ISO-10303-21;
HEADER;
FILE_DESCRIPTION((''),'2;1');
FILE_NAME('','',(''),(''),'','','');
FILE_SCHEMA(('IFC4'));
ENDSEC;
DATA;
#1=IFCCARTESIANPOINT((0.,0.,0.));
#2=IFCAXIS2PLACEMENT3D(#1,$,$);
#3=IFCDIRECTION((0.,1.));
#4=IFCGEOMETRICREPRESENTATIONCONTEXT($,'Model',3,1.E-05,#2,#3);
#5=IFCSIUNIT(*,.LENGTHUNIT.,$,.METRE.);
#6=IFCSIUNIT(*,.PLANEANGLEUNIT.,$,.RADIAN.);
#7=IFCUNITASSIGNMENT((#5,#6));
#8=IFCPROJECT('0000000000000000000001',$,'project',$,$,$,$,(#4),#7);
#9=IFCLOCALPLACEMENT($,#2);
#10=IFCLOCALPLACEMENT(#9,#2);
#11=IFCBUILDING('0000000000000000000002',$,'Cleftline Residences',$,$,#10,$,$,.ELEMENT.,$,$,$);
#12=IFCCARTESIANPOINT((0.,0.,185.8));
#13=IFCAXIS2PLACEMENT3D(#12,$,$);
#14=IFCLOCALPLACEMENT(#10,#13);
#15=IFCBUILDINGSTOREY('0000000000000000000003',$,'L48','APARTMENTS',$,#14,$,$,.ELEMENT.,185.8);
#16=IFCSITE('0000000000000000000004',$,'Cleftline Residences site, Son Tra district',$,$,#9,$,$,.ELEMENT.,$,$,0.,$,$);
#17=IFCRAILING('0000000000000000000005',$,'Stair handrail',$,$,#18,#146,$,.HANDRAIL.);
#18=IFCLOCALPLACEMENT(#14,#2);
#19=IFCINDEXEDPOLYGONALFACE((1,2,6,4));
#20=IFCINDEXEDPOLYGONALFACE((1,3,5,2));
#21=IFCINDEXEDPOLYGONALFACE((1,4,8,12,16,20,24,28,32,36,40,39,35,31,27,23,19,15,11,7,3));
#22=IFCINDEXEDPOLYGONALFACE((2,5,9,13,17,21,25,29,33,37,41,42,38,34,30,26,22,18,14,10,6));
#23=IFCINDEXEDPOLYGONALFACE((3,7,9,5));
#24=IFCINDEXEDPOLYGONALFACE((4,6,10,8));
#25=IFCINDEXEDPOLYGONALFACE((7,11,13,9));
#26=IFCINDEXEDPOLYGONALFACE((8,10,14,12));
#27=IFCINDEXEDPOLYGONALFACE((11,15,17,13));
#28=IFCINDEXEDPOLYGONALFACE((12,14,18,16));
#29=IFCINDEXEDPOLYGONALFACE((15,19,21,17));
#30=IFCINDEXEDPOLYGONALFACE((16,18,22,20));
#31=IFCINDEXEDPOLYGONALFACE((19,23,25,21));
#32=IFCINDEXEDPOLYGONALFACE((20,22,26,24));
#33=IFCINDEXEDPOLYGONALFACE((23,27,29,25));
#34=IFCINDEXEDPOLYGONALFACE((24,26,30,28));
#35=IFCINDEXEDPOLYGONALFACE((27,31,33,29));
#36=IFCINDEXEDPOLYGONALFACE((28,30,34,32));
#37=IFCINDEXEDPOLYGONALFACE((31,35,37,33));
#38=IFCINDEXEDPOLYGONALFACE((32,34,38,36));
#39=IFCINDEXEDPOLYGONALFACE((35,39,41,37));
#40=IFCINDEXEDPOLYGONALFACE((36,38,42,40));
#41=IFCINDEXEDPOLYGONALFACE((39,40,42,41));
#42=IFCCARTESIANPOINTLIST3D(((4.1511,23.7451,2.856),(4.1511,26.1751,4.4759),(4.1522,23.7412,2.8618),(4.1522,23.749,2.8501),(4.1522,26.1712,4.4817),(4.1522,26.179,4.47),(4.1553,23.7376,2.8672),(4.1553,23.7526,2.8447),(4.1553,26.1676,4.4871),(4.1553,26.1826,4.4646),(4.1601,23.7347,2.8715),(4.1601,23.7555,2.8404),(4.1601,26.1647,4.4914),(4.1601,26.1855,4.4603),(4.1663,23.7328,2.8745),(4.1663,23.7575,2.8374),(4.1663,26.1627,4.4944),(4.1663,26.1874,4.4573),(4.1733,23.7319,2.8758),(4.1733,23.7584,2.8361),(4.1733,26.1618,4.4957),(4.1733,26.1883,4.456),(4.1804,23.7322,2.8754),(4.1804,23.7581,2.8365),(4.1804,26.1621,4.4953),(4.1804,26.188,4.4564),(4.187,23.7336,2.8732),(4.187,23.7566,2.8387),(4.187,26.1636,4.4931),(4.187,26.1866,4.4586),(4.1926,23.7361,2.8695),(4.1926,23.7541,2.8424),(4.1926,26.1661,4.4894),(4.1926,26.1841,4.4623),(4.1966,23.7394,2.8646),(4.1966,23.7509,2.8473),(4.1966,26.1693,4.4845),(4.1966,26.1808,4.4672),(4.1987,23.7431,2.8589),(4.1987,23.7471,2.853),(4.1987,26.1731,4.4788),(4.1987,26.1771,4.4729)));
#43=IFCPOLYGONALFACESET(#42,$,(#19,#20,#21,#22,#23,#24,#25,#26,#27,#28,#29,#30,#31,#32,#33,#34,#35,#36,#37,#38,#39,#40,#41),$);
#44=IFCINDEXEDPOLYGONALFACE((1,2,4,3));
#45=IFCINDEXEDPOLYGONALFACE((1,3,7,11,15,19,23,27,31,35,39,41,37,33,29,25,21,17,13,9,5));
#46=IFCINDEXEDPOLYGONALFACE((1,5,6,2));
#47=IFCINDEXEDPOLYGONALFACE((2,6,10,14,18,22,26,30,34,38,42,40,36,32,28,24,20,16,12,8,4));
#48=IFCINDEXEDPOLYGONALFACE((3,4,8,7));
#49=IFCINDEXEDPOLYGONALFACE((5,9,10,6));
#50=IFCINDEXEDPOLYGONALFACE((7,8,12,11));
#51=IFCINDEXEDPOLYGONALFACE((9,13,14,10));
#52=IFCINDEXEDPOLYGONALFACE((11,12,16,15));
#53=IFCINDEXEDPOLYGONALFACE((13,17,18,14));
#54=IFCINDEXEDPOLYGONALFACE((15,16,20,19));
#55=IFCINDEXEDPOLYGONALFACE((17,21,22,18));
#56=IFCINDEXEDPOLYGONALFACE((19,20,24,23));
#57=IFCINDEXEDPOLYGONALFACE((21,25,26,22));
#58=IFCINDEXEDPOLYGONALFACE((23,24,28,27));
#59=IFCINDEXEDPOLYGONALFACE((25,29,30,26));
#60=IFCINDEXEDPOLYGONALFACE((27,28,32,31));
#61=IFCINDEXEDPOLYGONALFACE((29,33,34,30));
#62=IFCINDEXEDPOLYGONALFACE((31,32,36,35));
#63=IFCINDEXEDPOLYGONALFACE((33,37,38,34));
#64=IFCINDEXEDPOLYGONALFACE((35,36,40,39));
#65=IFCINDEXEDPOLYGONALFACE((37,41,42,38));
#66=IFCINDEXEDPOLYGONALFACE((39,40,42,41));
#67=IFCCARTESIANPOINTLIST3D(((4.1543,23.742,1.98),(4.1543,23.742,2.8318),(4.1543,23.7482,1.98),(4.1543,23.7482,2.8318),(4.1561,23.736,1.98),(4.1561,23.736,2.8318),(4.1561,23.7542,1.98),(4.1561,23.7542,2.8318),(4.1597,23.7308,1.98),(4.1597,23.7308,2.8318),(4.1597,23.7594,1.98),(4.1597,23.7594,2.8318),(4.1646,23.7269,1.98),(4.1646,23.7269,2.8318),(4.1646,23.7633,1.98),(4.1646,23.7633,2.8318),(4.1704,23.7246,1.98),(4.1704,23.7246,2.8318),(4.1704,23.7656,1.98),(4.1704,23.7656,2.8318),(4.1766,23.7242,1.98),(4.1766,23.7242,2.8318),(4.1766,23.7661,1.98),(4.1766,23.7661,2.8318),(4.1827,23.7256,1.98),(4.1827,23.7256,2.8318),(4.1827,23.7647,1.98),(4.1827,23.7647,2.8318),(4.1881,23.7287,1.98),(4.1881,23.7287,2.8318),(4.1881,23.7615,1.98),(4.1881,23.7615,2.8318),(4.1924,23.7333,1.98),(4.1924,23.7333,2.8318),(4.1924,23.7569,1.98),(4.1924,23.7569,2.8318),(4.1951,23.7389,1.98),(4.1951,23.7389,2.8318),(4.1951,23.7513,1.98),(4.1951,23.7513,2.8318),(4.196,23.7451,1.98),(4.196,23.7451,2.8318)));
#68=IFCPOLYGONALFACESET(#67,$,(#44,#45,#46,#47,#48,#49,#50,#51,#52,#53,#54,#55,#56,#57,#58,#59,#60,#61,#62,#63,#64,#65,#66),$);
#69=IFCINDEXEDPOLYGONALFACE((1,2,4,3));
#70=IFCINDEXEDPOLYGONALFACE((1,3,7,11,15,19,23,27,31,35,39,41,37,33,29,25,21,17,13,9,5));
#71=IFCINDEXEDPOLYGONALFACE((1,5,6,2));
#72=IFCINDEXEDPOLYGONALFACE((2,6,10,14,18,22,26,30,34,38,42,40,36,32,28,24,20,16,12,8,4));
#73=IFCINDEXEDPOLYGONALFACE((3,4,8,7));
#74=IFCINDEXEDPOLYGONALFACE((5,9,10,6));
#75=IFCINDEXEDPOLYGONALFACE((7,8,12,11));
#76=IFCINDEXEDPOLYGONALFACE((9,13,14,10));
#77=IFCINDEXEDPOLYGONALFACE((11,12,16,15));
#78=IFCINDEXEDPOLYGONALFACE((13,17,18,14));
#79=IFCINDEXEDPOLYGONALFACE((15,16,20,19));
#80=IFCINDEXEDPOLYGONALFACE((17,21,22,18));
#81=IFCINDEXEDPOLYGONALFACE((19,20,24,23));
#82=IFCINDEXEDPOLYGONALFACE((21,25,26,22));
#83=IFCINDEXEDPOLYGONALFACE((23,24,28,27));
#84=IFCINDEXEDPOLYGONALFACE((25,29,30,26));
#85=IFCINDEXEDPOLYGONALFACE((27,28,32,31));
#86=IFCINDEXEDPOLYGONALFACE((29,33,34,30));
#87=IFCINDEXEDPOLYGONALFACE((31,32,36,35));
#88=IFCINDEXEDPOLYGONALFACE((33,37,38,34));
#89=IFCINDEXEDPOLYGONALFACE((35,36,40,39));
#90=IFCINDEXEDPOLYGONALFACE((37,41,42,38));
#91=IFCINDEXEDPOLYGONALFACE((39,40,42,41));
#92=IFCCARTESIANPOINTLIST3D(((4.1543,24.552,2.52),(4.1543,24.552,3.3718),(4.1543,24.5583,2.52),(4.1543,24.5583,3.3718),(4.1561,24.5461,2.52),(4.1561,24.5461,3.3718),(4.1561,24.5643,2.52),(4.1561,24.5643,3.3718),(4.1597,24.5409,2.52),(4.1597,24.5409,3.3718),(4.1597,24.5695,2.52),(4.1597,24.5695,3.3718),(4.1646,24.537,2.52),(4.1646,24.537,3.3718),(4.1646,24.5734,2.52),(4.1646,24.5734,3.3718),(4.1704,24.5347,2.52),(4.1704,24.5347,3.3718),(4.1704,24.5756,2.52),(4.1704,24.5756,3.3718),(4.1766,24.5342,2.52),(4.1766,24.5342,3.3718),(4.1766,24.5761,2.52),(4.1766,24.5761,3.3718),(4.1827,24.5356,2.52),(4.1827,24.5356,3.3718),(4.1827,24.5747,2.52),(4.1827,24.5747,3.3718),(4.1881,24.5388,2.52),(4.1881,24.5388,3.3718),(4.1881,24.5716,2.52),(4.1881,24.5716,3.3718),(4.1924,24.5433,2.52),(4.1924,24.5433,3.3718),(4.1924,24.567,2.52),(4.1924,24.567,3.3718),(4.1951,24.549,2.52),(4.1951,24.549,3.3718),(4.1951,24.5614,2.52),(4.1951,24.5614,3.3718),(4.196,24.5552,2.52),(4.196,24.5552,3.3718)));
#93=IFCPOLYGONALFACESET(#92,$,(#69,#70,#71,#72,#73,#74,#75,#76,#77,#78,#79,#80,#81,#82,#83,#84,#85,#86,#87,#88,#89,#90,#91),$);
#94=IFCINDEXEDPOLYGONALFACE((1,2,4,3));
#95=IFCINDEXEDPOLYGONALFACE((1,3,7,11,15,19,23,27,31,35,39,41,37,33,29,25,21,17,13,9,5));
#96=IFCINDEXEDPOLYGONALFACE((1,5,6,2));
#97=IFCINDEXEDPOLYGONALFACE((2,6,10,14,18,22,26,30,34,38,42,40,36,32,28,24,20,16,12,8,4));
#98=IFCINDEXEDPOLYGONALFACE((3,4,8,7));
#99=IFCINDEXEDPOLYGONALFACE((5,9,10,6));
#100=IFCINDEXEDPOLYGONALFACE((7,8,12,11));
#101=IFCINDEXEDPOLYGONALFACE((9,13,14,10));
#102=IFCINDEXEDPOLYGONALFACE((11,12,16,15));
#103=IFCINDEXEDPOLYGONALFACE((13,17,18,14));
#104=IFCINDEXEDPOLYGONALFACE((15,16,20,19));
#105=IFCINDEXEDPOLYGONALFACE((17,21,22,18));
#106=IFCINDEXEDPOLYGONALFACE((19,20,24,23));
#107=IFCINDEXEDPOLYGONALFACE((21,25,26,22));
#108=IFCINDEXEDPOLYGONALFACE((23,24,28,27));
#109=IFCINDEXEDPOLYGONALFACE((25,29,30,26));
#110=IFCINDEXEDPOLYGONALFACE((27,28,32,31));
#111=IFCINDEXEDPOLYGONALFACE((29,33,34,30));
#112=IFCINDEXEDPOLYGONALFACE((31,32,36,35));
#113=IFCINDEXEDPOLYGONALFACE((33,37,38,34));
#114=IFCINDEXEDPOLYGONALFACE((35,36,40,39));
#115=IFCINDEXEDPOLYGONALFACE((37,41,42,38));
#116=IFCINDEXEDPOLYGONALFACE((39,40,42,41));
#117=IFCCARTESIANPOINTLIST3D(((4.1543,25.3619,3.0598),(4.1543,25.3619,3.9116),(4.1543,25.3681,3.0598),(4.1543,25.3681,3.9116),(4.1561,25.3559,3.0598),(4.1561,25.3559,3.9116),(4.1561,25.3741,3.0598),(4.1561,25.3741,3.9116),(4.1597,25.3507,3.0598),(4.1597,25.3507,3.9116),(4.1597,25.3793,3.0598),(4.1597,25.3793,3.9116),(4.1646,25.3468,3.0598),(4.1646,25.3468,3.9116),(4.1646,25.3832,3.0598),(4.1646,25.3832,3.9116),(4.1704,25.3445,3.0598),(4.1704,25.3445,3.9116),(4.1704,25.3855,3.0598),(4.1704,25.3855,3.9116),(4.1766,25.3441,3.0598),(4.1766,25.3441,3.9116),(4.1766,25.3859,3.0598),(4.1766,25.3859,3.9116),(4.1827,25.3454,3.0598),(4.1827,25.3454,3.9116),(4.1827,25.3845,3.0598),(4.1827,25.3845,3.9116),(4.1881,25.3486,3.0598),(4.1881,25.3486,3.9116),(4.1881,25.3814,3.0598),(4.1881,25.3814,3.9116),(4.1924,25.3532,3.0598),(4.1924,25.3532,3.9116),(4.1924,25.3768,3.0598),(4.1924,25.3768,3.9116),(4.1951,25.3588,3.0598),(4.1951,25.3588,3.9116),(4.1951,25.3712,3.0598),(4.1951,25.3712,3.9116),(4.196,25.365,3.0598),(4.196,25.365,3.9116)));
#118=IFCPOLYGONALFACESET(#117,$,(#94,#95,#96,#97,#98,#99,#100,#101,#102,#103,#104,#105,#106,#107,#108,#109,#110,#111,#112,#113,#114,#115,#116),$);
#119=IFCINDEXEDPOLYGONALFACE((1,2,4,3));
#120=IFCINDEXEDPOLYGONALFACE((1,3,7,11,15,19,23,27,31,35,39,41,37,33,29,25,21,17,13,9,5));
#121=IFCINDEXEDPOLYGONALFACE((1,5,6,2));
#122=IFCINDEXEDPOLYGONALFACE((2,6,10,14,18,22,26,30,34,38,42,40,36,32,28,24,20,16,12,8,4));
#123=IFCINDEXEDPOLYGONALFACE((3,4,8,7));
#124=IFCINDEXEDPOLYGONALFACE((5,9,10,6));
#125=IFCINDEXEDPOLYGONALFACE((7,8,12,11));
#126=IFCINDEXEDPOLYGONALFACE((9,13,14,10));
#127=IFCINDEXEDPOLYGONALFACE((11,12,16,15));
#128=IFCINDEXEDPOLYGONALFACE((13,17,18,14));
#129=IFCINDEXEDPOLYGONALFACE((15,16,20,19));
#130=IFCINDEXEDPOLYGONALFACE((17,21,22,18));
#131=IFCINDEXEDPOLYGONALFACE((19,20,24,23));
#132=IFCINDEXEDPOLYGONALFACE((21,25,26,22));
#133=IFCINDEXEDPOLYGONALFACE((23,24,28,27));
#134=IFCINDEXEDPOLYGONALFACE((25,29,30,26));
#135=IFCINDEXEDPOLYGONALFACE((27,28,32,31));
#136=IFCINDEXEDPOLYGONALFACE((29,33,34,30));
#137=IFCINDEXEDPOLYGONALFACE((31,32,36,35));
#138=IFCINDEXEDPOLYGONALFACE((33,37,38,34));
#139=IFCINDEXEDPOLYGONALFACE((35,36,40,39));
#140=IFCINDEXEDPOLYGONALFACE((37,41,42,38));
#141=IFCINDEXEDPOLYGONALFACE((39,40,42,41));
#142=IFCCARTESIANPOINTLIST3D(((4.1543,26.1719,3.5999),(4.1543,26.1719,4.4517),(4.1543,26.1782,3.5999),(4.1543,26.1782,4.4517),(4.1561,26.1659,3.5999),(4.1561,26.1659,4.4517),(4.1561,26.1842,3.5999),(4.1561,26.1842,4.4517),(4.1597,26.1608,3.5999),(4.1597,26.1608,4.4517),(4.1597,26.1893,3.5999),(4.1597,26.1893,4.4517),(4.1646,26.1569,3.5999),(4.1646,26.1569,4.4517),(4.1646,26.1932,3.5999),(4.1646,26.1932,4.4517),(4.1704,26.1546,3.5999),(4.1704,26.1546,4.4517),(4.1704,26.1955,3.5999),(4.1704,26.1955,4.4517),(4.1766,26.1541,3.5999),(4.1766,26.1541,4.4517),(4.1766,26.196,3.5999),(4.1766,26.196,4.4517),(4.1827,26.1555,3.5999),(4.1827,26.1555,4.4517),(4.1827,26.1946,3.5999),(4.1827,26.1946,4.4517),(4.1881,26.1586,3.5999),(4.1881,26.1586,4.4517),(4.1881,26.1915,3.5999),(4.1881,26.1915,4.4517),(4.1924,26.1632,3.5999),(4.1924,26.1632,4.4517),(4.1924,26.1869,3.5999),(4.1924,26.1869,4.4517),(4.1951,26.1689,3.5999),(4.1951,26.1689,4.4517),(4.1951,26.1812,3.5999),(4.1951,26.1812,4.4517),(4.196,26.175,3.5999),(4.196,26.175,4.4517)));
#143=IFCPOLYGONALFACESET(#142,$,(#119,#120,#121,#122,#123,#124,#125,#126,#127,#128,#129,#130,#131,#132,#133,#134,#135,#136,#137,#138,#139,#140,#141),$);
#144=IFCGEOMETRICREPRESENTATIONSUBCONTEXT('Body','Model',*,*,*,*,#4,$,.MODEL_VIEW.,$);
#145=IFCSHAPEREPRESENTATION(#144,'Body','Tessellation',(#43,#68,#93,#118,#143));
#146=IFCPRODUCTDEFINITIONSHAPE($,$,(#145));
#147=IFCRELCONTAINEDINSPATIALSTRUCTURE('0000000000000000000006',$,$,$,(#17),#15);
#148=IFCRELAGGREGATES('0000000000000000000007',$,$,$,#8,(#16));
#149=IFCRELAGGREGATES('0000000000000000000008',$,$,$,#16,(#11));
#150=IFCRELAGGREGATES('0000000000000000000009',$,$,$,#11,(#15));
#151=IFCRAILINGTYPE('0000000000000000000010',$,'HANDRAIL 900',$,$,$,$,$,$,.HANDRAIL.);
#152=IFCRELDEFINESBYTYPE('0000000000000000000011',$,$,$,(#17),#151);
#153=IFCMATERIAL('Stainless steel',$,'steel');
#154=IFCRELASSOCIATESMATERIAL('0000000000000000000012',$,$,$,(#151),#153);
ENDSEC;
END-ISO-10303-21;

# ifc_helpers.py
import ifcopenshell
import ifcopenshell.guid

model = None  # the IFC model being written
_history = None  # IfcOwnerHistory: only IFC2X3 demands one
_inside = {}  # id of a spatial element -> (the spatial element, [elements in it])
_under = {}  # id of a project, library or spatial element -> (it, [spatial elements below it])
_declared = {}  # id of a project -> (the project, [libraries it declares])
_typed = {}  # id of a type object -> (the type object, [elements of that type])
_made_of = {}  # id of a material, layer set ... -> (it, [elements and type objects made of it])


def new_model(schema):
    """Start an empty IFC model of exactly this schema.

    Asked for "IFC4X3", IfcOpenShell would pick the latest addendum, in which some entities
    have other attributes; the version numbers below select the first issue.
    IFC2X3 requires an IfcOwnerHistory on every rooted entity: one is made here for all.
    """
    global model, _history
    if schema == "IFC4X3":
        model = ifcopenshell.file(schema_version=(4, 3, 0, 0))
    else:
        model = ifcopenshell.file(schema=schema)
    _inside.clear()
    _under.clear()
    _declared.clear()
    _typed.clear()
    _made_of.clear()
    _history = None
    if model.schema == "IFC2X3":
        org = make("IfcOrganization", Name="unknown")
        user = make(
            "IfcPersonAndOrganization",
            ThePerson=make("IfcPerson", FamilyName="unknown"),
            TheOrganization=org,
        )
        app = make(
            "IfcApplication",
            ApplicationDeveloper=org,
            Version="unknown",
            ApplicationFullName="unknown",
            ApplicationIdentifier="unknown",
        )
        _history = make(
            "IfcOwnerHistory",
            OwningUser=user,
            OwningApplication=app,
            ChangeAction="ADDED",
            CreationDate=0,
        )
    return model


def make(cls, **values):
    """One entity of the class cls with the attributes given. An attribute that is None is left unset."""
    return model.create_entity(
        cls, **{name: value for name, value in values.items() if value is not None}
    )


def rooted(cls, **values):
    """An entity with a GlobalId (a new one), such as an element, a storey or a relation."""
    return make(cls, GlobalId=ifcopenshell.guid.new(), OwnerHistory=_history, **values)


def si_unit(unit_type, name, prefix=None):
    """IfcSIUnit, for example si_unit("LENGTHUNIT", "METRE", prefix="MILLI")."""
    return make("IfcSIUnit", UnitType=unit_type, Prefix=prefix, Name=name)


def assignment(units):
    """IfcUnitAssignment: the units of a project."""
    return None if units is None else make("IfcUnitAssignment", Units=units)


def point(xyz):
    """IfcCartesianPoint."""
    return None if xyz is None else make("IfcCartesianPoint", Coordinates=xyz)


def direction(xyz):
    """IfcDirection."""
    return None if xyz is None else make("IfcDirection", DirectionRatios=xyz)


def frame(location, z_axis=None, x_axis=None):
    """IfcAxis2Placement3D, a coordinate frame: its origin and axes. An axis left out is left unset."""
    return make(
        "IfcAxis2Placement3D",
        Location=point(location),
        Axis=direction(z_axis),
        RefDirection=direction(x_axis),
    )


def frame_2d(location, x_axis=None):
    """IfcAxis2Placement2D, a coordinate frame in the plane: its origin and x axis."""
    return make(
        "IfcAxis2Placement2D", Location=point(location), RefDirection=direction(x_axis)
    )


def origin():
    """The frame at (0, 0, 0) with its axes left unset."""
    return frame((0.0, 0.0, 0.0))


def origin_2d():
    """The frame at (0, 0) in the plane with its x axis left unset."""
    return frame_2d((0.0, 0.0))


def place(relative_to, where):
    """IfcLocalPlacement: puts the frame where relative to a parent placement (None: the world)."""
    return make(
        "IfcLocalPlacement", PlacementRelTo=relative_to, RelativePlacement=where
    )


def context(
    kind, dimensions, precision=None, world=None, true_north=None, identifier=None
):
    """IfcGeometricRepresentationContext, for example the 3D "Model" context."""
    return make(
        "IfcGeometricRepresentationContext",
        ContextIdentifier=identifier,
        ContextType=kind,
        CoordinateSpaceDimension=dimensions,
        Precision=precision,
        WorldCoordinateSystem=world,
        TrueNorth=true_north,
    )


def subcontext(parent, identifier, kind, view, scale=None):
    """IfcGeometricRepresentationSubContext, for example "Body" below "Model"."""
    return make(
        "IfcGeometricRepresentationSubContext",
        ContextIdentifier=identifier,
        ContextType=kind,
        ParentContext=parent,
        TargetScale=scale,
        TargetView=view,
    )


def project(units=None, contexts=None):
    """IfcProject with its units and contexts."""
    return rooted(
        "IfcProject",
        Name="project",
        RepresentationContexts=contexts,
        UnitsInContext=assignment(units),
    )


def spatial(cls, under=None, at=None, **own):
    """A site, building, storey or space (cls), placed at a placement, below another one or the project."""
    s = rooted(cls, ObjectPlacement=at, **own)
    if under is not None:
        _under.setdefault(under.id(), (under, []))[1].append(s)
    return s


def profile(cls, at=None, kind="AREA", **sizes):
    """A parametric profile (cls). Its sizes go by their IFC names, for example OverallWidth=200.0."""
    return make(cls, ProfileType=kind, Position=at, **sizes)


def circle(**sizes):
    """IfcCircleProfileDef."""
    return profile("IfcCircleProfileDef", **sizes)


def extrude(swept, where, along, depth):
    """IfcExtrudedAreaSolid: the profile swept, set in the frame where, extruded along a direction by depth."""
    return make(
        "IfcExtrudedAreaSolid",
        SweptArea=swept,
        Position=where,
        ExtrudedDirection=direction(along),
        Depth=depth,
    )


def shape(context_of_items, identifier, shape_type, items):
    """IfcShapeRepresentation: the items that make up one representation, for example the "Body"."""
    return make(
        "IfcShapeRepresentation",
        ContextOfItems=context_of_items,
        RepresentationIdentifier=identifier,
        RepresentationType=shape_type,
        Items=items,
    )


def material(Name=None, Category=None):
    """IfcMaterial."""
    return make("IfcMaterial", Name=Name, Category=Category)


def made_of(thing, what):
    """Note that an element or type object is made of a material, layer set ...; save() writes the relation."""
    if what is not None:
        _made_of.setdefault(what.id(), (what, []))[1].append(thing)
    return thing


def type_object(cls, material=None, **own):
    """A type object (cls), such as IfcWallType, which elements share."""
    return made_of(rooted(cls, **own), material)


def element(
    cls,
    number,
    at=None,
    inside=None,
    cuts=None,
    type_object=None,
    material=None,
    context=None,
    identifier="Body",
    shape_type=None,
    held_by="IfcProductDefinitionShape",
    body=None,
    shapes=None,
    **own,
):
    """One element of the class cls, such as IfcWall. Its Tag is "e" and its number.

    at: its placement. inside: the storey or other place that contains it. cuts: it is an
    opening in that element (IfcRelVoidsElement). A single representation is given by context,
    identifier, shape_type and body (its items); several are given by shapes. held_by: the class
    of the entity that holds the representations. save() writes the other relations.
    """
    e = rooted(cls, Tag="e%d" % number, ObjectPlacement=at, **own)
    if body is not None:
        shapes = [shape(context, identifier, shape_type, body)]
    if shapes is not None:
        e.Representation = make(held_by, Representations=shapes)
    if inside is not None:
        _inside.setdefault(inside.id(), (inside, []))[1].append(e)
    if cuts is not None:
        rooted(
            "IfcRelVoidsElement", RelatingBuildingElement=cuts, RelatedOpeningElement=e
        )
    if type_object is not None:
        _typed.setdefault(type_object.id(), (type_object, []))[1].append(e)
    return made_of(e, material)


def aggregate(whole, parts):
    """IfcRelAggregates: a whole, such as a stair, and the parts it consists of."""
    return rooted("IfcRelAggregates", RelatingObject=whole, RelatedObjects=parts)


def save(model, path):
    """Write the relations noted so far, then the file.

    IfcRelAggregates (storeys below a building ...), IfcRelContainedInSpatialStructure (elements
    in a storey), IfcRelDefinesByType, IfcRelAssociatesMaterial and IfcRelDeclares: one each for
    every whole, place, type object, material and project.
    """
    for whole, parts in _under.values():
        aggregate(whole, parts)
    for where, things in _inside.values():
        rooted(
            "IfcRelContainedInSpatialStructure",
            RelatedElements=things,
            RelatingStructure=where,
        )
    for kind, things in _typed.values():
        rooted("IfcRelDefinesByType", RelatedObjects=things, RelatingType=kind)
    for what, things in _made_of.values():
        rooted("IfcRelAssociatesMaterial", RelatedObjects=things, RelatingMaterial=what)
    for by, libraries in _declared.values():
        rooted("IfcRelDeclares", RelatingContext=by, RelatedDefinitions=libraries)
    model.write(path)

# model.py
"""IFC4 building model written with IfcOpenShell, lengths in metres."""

from ifc_helpers import new_model, si_unit, direction, frame, origin, origin_2d, place, context, subcontext, project, spatial, circle, extrude, material, type_object, element, save


model = new_model("IFC4")

# Units and contexts
model_context = context("Model", 3, precision=1e-05, world=origin(), true_north=direction((0.0, 1.0)))
body_context = subcontext(model_context, "Body", "Model", "MODEL_VIEW")
ifc_project = project(units=[si_unit("LENGTHUNIT", "METRE"), si_unit("PLANEANGLEUNIT", "RADIAN")], contexts=[model_context])

# Site, building, storey
site_placement = place(None, origin())
site = spatial("IfcSite", under=ifc_project, at=site_placement, Name="Cleftline Residences site, Son Tra district", CompositionType="ELEMENT", RefElevation=0.0)
building_placement = place(site_placement, origin())
building = spatial("IfcBuilding", under=site, at=building_placement, Name="Cleftline Residences", CompositionType="ELEMENT")
storey_placement = place(building_placement, frame((0.0, 0.0, 185.8)))
storey = spatial("IfcBuildingStorey", under=building, at=storey_placement, Name="L48", Description="APARTMENTS", CompositionType="ELEMENT", Elevation=185.8)

# Railing
ifc_material_1 = material(Name="Stainless steel", Category="steel")
railing_type = type_object("IfcRailingType", Name="HANDRAIL 900", PredefinedType="HANDRAIL", material=ifc_material_1)
railing_1_placement = place(storey_placement, frame((4.175, 23.7451, 1.98)))
element("IfcRailing", 1, at=railing_1_placement, inside=storey, type_object=railing_type, Name="Stair handrail", PredefinedType="HANDRAIL", context=body_context, shape_type="SweptSolid", body=[
    extrude(circle(Radius=0.0239, at=origin_2d()), frame((0.0, 0.0, 0.876), z_axis=(0.0, 0.832063, 0.554681), x_axis=(-1.0, 0.0, 0.0)), (0.0, 0.0, 1.0), 2.9204),
    extrude(circle(Radius=0.021, at=origin_2d()), origin(), (0.0, 0.0, 1.0), 0.8518),
    extrude(circle(Radius=0.021, at=origin_2d()), frame((0.0, 0.8101, 0.54)), (0.0, 0.0, 1.0), 0.8518),
    extrude(circle(Radius=0.021, at=origin_2d()), frame((0.0, 1.6199, 1.0798)), (0.0, 0.0, 1.0), 0.8518),
    extrude(circle(Radius=0.021, at=origin_2d()), frame((0.0, 2.4299, 1.6199)), (0.0, 0.0, 1.0), 0.8518),
])

save(model, "model.ifc")
